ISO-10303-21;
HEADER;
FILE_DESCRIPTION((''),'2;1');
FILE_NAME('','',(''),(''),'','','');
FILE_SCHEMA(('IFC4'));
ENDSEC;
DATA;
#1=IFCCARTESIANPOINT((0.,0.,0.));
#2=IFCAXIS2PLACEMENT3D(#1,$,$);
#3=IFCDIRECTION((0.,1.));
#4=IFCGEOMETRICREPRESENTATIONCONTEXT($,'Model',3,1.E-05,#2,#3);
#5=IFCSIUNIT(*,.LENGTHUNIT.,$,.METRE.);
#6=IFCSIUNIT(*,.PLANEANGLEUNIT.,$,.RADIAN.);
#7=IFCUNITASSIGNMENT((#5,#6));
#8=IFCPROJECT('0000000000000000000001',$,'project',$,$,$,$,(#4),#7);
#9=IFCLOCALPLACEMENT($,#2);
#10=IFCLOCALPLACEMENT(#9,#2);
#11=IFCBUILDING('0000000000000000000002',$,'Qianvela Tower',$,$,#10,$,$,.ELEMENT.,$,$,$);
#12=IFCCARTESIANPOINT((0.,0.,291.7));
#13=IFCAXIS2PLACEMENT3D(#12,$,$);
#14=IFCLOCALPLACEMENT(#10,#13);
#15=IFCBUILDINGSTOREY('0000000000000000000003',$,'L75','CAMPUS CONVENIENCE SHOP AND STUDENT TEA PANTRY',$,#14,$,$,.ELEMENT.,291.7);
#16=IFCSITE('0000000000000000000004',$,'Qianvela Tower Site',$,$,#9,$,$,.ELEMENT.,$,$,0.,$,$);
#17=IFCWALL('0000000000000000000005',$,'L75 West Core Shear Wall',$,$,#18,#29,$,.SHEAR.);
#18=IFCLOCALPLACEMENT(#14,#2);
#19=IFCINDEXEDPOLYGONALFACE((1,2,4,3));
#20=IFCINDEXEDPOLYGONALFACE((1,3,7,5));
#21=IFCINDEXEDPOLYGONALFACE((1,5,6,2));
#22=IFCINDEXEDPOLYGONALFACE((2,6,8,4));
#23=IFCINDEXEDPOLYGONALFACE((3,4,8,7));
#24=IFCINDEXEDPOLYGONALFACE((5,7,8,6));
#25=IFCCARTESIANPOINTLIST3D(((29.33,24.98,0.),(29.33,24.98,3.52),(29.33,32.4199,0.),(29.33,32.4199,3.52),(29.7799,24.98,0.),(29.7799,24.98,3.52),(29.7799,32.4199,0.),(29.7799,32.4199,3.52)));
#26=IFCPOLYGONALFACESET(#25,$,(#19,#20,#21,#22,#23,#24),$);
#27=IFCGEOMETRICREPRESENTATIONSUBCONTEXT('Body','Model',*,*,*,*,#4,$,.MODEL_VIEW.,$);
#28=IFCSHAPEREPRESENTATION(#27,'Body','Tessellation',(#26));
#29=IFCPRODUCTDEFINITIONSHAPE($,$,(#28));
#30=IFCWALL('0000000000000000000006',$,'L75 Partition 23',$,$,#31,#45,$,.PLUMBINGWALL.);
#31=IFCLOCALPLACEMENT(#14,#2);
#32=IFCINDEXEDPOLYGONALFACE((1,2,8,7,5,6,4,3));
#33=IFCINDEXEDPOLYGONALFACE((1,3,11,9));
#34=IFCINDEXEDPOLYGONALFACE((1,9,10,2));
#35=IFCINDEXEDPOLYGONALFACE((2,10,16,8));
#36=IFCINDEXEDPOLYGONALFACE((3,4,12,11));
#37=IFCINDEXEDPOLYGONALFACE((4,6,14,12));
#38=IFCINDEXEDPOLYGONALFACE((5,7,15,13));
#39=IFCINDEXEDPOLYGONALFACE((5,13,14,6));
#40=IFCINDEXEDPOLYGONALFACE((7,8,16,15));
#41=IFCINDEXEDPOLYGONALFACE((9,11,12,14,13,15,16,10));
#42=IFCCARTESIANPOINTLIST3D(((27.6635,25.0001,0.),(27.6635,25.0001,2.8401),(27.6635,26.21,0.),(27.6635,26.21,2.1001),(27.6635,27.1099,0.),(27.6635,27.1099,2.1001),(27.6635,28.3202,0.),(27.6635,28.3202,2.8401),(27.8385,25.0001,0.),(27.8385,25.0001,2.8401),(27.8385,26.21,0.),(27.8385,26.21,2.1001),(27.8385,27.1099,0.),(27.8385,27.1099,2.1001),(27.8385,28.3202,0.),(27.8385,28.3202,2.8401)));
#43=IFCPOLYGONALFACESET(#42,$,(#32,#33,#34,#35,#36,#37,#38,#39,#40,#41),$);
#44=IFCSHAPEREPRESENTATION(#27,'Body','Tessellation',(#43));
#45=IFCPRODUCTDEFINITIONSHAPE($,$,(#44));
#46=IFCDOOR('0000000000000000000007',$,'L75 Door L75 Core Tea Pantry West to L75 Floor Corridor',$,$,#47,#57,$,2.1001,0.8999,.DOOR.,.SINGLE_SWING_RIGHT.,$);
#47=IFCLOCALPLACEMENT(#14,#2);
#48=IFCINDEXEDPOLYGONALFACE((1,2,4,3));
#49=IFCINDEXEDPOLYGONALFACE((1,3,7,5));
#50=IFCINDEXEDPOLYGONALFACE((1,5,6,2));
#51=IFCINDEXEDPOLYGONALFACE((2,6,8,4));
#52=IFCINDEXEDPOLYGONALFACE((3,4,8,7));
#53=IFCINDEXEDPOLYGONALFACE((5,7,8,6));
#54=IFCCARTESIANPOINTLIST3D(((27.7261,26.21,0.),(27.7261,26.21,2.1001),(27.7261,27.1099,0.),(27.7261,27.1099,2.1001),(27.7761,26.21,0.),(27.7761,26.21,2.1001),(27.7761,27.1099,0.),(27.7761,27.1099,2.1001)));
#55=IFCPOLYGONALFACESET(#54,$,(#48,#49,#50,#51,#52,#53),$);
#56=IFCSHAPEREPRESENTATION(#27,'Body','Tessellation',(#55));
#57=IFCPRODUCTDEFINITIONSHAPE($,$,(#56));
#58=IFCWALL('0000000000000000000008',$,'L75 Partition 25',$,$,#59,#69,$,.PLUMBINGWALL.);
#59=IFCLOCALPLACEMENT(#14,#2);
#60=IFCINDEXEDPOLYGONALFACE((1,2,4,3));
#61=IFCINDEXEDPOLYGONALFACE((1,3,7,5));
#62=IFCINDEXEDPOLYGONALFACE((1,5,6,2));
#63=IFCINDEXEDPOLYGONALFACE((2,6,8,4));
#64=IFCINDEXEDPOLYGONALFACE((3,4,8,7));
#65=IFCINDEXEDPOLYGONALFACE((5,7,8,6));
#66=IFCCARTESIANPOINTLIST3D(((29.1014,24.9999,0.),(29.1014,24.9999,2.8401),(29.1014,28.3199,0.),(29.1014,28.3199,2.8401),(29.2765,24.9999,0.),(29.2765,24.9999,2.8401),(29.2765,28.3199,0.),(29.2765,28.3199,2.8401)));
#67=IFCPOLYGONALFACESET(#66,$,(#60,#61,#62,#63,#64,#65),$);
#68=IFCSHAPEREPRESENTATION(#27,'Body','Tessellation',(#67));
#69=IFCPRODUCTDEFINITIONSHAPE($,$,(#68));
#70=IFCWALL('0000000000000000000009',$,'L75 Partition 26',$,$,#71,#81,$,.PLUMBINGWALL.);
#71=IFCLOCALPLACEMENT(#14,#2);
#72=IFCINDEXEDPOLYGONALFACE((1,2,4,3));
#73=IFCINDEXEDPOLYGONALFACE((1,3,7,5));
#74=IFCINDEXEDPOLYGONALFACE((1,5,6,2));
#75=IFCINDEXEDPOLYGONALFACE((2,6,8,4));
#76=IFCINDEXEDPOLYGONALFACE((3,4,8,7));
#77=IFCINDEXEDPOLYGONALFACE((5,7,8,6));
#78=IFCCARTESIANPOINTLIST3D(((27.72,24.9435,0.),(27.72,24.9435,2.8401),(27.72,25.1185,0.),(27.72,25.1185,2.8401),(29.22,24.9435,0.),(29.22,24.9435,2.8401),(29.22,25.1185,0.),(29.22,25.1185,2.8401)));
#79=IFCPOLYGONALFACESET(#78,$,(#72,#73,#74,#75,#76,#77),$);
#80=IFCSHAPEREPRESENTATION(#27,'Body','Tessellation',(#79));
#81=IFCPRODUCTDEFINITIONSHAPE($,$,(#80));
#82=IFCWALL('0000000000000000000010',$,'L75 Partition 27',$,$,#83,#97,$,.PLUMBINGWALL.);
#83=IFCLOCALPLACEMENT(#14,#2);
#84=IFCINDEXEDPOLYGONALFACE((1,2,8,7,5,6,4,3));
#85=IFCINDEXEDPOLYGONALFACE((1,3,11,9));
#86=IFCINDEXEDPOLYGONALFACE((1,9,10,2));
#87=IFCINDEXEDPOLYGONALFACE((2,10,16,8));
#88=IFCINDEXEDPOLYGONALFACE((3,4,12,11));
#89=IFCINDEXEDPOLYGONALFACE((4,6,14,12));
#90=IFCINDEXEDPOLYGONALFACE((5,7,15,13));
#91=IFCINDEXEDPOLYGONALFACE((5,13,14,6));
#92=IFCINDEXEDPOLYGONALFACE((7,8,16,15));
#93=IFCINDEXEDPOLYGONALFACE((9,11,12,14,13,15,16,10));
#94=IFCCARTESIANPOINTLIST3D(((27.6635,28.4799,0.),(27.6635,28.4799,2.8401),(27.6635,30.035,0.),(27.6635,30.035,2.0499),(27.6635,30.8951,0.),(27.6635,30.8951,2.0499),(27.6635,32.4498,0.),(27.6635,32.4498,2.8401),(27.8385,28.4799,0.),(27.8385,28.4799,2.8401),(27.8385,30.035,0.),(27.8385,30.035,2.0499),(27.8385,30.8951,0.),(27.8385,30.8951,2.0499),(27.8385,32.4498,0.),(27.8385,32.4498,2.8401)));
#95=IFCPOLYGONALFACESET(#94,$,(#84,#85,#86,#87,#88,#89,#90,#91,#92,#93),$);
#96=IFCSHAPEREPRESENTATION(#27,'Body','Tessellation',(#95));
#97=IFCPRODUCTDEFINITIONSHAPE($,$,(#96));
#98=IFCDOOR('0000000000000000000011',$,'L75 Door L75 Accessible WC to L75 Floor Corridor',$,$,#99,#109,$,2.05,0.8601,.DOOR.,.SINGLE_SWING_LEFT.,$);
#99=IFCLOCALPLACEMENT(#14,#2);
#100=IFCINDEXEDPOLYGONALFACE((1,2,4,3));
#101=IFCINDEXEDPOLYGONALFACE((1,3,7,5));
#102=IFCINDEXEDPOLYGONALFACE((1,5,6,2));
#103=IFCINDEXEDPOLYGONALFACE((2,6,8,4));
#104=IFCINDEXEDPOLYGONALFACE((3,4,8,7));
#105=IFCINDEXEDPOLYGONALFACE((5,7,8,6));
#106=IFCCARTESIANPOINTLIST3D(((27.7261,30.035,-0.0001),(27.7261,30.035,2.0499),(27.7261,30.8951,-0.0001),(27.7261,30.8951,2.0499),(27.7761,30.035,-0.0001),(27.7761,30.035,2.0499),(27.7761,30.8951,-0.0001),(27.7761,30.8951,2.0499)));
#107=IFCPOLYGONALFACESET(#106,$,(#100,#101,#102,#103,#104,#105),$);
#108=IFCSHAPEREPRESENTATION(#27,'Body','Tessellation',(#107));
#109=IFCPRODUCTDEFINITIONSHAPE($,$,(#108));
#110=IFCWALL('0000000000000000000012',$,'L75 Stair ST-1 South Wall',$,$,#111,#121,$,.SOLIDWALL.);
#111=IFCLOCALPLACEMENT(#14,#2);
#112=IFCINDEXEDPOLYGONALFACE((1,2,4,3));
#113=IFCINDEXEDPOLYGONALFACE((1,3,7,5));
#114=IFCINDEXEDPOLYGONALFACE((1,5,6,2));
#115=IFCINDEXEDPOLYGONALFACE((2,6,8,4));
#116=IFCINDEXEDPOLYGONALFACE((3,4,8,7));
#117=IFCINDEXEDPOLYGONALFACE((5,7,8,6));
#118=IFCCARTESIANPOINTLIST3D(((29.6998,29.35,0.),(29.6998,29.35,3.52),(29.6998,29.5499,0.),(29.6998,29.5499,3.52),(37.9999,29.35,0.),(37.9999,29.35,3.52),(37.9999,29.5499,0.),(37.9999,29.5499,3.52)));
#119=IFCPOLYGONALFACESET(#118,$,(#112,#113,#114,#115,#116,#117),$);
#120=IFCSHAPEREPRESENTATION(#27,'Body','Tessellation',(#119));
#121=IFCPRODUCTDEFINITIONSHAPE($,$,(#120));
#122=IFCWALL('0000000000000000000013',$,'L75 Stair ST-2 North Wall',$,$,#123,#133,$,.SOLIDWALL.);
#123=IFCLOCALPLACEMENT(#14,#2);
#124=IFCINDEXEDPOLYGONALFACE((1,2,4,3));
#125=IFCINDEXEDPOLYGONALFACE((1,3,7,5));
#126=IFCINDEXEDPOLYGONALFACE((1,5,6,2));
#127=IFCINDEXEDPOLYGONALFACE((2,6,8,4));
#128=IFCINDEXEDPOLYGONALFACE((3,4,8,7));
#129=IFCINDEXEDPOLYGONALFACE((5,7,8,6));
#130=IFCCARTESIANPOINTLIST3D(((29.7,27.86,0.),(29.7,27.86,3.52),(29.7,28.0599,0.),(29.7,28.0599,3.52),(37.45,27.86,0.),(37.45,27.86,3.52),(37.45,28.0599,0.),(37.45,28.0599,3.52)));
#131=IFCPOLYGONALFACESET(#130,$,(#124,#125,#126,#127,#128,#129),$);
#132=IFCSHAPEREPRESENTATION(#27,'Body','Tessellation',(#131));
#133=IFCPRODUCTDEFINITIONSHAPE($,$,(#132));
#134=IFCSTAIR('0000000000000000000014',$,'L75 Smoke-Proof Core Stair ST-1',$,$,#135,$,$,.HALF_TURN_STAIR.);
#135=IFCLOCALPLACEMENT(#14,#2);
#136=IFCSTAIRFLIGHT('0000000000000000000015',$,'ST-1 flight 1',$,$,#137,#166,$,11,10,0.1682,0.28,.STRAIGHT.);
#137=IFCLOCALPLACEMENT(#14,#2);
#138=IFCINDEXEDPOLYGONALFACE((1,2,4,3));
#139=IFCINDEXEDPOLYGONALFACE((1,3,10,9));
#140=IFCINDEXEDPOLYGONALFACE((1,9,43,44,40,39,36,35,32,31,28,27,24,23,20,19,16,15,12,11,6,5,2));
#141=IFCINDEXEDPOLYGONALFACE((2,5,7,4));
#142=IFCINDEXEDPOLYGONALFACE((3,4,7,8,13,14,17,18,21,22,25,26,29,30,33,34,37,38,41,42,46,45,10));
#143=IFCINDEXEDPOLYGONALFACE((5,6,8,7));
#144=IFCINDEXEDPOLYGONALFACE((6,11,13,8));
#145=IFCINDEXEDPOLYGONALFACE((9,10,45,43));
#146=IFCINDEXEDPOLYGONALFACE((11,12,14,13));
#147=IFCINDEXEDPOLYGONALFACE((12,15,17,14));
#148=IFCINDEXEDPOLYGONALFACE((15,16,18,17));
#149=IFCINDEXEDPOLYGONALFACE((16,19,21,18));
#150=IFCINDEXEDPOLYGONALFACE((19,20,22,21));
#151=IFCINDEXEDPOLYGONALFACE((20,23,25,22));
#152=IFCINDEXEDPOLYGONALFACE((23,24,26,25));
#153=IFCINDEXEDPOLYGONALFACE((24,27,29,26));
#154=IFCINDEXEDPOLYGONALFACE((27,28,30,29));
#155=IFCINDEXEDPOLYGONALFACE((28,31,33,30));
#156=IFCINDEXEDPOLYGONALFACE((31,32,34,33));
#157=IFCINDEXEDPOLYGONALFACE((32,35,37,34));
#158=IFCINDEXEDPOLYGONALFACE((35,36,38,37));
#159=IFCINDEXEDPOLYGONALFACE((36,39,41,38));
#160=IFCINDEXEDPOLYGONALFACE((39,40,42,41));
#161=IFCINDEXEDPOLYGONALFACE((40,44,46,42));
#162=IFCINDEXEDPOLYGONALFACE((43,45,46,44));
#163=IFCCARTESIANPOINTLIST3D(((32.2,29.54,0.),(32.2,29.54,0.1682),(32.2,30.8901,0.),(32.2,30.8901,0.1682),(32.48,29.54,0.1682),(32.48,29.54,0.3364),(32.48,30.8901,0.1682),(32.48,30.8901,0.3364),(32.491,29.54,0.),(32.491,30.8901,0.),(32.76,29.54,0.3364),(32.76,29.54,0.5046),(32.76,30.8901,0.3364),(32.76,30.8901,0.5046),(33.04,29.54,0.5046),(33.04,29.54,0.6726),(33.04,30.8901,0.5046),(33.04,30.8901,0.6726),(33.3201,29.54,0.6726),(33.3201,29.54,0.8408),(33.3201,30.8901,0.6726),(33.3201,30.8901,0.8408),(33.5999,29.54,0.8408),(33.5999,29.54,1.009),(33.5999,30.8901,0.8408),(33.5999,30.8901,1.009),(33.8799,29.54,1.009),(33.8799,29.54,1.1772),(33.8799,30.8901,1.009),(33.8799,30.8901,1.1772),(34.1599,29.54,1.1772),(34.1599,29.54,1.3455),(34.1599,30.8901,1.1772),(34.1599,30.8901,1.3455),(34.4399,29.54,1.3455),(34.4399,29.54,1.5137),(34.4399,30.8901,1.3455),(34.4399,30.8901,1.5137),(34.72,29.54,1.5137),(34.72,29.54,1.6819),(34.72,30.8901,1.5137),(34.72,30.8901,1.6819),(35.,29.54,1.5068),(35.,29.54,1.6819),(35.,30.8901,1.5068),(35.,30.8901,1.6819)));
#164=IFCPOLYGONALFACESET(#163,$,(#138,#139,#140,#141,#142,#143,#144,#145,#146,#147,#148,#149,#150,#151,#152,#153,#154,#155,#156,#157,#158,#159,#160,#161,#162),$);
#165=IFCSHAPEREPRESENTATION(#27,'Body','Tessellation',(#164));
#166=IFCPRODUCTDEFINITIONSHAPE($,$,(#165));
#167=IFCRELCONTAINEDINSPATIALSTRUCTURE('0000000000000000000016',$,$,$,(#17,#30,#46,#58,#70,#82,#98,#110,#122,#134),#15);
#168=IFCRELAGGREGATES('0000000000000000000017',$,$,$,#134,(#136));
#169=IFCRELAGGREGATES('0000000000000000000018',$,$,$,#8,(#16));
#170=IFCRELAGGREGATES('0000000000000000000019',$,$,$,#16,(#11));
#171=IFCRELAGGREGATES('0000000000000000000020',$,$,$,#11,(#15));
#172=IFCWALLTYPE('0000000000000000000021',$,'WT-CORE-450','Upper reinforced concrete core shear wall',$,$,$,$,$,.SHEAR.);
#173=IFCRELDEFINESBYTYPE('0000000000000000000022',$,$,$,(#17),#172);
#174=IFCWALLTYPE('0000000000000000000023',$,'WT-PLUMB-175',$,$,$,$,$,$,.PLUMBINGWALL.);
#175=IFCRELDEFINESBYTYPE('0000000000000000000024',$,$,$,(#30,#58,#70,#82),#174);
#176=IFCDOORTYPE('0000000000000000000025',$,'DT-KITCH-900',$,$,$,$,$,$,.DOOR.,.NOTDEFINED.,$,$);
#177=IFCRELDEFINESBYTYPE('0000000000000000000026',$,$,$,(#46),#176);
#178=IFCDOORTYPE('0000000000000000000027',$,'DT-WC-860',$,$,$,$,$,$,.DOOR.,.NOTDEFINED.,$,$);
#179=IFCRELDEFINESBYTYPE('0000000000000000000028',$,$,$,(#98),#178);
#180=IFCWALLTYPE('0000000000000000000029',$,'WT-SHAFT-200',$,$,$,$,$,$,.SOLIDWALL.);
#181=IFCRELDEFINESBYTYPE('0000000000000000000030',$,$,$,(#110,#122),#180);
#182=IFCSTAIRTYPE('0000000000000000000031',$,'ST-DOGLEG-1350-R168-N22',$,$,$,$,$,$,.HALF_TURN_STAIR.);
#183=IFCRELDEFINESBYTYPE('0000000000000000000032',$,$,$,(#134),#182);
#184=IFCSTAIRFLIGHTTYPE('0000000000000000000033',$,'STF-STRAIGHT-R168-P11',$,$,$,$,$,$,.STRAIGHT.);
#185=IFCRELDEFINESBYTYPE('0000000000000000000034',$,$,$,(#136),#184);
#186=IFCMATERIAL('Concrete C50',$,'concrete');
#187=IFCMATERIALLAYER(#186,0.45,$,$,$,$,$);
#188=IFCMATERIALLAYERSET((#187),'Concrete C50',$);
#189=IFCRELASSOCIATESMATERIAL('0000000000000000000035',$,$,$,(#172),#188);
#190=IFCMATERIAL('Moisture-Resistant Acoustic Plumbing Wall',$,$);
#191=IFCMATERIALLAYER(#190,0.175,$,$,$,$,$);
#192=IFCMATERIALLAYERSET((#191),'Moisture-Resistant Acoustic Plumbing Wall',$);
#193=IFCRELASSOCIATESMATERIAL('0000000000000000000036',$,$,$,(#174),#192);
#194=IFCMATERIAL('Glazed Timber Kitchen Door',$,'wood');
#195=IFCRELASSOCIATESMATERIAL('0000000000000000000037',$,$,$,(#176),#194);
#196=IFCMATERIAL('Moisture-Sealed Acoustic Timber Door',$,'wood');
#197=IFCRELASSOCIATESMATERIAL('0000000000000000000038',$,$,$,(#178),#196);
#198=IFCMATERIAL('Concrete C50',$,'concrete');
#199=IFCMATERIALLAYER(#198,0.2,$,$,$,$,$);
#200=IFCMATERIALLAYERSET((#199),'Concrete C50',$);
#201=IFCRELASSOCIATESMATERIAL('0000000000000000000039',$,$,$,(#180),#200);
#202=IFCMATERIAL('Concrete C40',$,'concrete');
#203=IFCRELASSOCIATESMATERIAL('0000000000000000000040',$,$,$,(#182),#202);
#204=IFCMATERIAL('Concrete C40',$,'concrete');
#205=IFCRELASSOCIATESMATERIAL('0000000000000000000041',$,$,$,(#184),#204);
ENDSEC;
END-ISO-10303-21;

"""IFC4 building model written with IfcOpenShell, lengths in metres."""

from ifc_helpers import new_model, si_unit, direction, frame, frame_2d, origin, place, context, subcontext, project, spatial, polyline, rectangle, outline, extrude, material, layer, layer_set, type_object, element, fill, aggregate, save


model = new_model("IFC4")

# Units and contexts
model_context = context("Model", 3, precision=1e-05, world=origin(), true_north=direction((0.0, 1.0)))
body_context = subcontext(model_context, "Body", "Model", "MODEL_VIEW")
ifc_project = project(units=[si_unit("LENGTHUNIT", "METRE"), si_unit("PLANEANGLEUNIT", "RADIAN")], contexts=[model_context])

# Site, building, storey
site_placement = place(None, origin())
site = spatial("IfcSite", under=ifc_project, at=site_placement, Name="Qianvela Tower Site", CompositionType="ELEMENT", RefElevation=0.0)
building_placement = place(site_placement, origin())
building = spatial("IfcBuilding", under=site, at=building_placement, Name="Qianvela Tower", CompositionType="ELEMENT")
storey_placement = place(building_placement, frame((0.0, 0.0, 291.7)))
storey = spatial("IfcBuildingStorey", under=building, at=storey_placement, Name="L75", Description="CAMPUS CONVENIENCE SHOP AND STUDENT TEA PANTRY", CompositionType="ELEMENT", Elevation=291.7)

# Shared definitions
ifc_material_1 = material(Name="Concrete C50", Category="concrete")
ifc_layer_1 = layer(ifc_material_1, 0.45)
ifc_layer_set_1 = layer_set([ifc_layer_1], Name="Concrete C50")
wall_type_1 = type_object("IfcWallType", Name="WT-CORE-450", Description="Upper reinforced concrete core shear wall", PredefinedType="SHEAR", material=ifc_layer_set_1)

# Wall
wall_1_placement = place(storey_placement, frame((29.5549, 24.98, 0.0), z_axis=(0.0, 0.0, 1.0), x_axis=(0.0, 1.0, 0.0)))
element("IfcWall", 1, at=wall_1_placement, inside=storey, type_object=wall_type_1, Name="L75 West Core Shear Wall", PredefinedType="SHEAR", context=body_context, shape_type="SweptSolid", body=[
    extrude(rectangle(XDim=7.4399, YDim=0.45, at=frame_2d((3.72, 0.0))), origin(), (0.0, 0.0, 1.0), 3.52),
])

# Wall, opening, door
ifc_material_2 = material(Name="Moisture-Resistant Acoustic Plumbing Wall")
ifc_layer_2 = layer(ifc_material_2, 0.175)
ifc_layer_set_2 = layer_set([ifc_layer_2], Name="Moisture-Resistant Acoustic Plumbing Wall")
wall_type_2 = type_object("IfcWallType", Name="WT-PLUMB-175", PredefinedType="PLUMBINGWALL", material=ifc_layer_set_2)
wall_2_placement = place(storey_placement, frame((27.751, 25.0, 0.0), z_axis=(0.0, 0.0, 1.0), x_axis=(0.0, 1.0, 0.0)))
wall_2 = element("IfcWall", 2, at=wall_2_placement, inside=storey, type_object=wall_type_2, Name="L75 Partition 23", PredefinedType="PLUMBINGWALL", context=body_context, shape_type="SweptSolid", body=[
    extrude(rectangle(XDim=3.3201, YDim=0.175, at=frame_2d((1.6602, 0.0))), origin(), (0.0, 0.0, 1.0), 2.8401),
])
opening_1_placement = place(wall_2_placement, frame((1.21, 0.0, 0.0)))
opening_1 = element("IfcOpeningElement", 3, at=opening_1_placement, cuts=wall_2, PredefinedType="OPENING", context=body_context, shape_type="SweptSolid", body=[
    extrude(rectangle(XDim=0.8999, YDim=2.1001, at=frame_2d((0.45, 1.05))), frame((0.0, 0.0974, 0.0), z_axis=(0.0, -1.0, 0.0), x_axis=(1.0, 0.0, 0.0)), (0.0, 0.0, 1.0), 0.1951),
])
ifc_material_3 = material(Name="Glazed Timber Kitchen Door", Category="wood")
door_type_1 = type_object("IfcDoorType", Name="DT-KITCH-900", OperationType="NOTDEFINED", PredefinedType="DOOR", material=ifc_material_3)
door_1_placement = place(opening_1_placement, origin())
door_1 = element("IfcDoor", 4, at=door_1_placement, inside=storey, type_object=door_type_1, Name="L75 Door L75 Core Tea Pantry West to L75 Floor Corridor", OperationType="SINGLE_SWING_RIGHT", OverallHeight=2.1001, OverallWidth=0.8999, PredefinedType="DOOR", context=body_context, shape_type="SweptSolid", body=[
    extrude(rectangle(XDim=0.8999, YDim=2.1001, at=frame_2d((0.45, 1.05))), frame((0.0, 0.0249, 0.0), z_axis=(0.0, -1.0, 0.0), x_axis=(1.0, 0.0, 0.0)), (0.0, 0.0, 1.0), 0.05),
])
fill(opening_1, door_1)

# Walls
wall_3_placement = place(storey_placement, frame((29.189, 28.3201, 0.0), z_axis=(0.0, 0.0, 1.0), x_axis=(0.0, -1.0, 0.0)))
element("IfcWall", 5, at=wall_3_placement, inside=storey, type_object=wall_type_2, Name="L75 Partition 25", PredefinedType="PLUMBINGWALL", context=body_context, shape_type="SweptSolid", body=[
    extrude(rectangle(XDim=3.3201, YDim=0.175, at=frame_2d((1.6602, 0.0))), origin(), (0.0, 0.0, 1.0), 2.8401),
])
wall_4_placement = place(storey_placement, frame((29.22, 25.031, 0.0), z_axis=(0.0, 0.0, 1.0), x_axis=(-1.0, 0.0, 0.0)))
element("IfcWall", 6, at=wall_4_placement, inside=storey, type_object=wall_type_2, Name="L75 Partition 26", PredefinedType="PLUMBINGWALL", context=body_context, shape_type="SweptSolid", body=[
    extrude(rectangle(XDim=1.5, YDim=0.175, at=frame_2d((0.75, 0.0))), origin(), (0.0, 0.0, 1.0), 2.8401),
])

# Wall, opening, door
wall_5_placement = place(storey_placement, frame((27.751, 28.48, 0.0), z_axis=(0.0, 0.0, 1.0), x_axis=(0.0, 1.0, 0.0)))
wall_5 = element("IfcWall", 7, at=wall_5_placement, inside=storey, type_object=wall_type_2, Name="L75 Partition 27", PredefinedType="PLUMBINGWALL", context=body_context, shape_type="SweptSolid", body=[
    extrude(rectangle(XDim=3.97, YDim=0.175, at=frame_2d((1.9849, 0.0))), origin(), (0.0, 0.0, 1.0), 2.8401),
])
opening_2_placement = place(wall_5_placement, frame((1.5549, 0.0, 0.0)))
opening_2 = element("IfcOpeningElement", 8, at=opening_2_placement, cuts=wall_5, PredefinedType="OPENING", context=body_context, shape_type="SweptSolid", body=[
    extrude(rectangle(XDim=0.8601, YDim=2.05, at=frame_2d((0.4302, 1.0249))), frame((0.0, 0.0974, 0.0), z_axis=(0.0, -1.0, 0.0), x_axis=(1.0, 0.0, 0.0)), (0.0, 0.0, 1.0), 0.1951),
])
ifc_material_4 = material(Name="Moisture-Sealed Acoustic Timber Door", Category="wood")
door_type_2 = type_object("IfcDoorType", Name="DT-WC-860", OperationType="NOTDEFINED", PredefinedType="DOOR", material=ifc_material_4)
door_2_placement = place(opening_2_placement, origin())
door_2 = element("IfcDoor", 9, at=door_2_placement, inside=storey, type_object=door_type_2, Name="L75 Door L75 Accessible WC to L75 Floor Corridor", OperationType="SINGLE_SWING_LEFT", OverallHeight=2.05, OverallWidth=0.8601, PredefinedType="DOOR", context=body_context, shape_type="SweptSolid", body=[
    extrude(rectangle(XDim=0.8601, YDim=2.05, at=frame_2d((0.4302, 1.0249))), frame((0.0, 0.0249, 0.0), z_axis=(0.0, -1.0, 0.0), x_axis=(1.0, 0.0, 0.0)), (0.0, 0.0, 1.0), 0.05),
])
fill(opening_2, door_2)

# Walls
ifc_material_5 = material(Name="Concrete C50", Category="concrete")
ifc_layer_3 = layer(ifc_material_5, 0.2)
ifc_layer_set_3 = layer_set([ifc_layer_3], Name="Concrete C50")
wall_type_3 = type_object("IfcWallType", Name="WT-SHAFT-200", PredefinedType="SOLIDWALL", material=ifc_layer_set_3)
wall_6_placement = place(storey_placement, frame((29.7, 29.45, 0.0), z_axis=(0.0, 0.0, 1.0), x_axis=(1.0, 0.0, 0.0)))
element("IfcWall", 10, at=wall_6_placement, inside=storey, type_object=wall_type_3, Name="L75 Stair ST-1 South Wall", PredefinedType="SOLIDWALL", context=body_context, shape_type="SweptSolid", body=[
    extrude(rectangle(XDim=8.3, YDim=0.2, at=frame_2d((4.1499, 0.0))), origin(), (0.0, 0.0, 1.0), 3.52),
])
wall_7_placement = place(storey_placement, frame((29.7, 27.96, 0.0), z_axis=(0.0, 0.0, 1.0), x_axis=(1.0, 0.0, 0.0)))
element("IfcWall", 11, at=wall_7_placement, inside=storey, type_object=wall_type_3, Name="L75 Stair ST-2 North Wall", PredefinedType="SOLIDWALL", context=body_context, shape_type="SweptSolid", body=[
    extrude(rectangle(XDim=7.75, YDim=0.2, at=frame_2d((3.875, 0.0))), origin(), (0.0, 0.0, 1.0), 3.52),
])

# Stair, stair flight
ifc_material_6 = material(Name="Concrete C40", Category="concrete")
stair_type = type_object("IfcStairType", Name="ST-DOGLEG-1350-R168-N22", PredefinedType="HALF_TURN_STAIR", material=ifc_material_6)
stair_1_placement = place(storey_placement, origin())
stair_1 = element("IfcStair", 12, at=stair_1_placement, inside=storey, type_object=stair_type, Name="L75 Smoke-Proof Core Stair ST-1", PredefinedType="HALF_TURN_STAIR")
ifc_material_7 = material(Name="Concrete C40", Category="concrete")
stair_flight_type = type_object("IfcStairFlightType", Name="STF-STRAIGHT-R168-P11", PredefinedType="STRAIGHT", material=ifc_material_7)
stair_flight_1_placement = place(storey_placement, frame((32.2, 30.2151, 0.0), z_axis=(0.0, 0.0, 1.0), x_axis=(1.0, 0.0, 0.0)))
stair_flight_1 = element("IfcStairFlight", 13, at=stair_flight_1_placement, type_object=stair_flight_type, Name="ST-1 flight 1", NumberOfRisers=11, NumberOfTreads=10, PredefinedType="STRAIGHT", RiserHeight=0.1682, TreadLength=0.28, context=body_context, shape_type="SweptSolid", body=[
    extrude(outline(polyline([(0.0, 0.0), (0.0, 0.1682), (0.28, 0.1682), (0.28, 0.3364), (0.5601, 0.3364), (0.5601, 0.5046), (0.8401, 0.5046), (0.8401, 0.6726), (1.1201, 0.6726), (1.1201, 0.8408), (1.3999, 0.8408), (1.3999, 1.009), (1.6799, 1.009), (1.6799, 1.1772), (1.96, 1.1772), (1.96, 1.3455), (2.24, 1.3455), (2.24, 1.5137), (2.52, 1.5137), (2.52, 1.6819), (2.8, 1.6819), (2.8, 1.8501), (2.8, 1.5068), (0.291, 0.0), (0.0, 0.0)])), frame((0.0, 0.675, 0.0), z_axis=(0.0, -1.0, 0.0), x_axis=(1.0, 0.0, 0.0)), (0.0, 0.0, 1.0), 1.3501),
])
aggregate(stair_1, [stair_flight_1])

save(model, "model.ifc")
